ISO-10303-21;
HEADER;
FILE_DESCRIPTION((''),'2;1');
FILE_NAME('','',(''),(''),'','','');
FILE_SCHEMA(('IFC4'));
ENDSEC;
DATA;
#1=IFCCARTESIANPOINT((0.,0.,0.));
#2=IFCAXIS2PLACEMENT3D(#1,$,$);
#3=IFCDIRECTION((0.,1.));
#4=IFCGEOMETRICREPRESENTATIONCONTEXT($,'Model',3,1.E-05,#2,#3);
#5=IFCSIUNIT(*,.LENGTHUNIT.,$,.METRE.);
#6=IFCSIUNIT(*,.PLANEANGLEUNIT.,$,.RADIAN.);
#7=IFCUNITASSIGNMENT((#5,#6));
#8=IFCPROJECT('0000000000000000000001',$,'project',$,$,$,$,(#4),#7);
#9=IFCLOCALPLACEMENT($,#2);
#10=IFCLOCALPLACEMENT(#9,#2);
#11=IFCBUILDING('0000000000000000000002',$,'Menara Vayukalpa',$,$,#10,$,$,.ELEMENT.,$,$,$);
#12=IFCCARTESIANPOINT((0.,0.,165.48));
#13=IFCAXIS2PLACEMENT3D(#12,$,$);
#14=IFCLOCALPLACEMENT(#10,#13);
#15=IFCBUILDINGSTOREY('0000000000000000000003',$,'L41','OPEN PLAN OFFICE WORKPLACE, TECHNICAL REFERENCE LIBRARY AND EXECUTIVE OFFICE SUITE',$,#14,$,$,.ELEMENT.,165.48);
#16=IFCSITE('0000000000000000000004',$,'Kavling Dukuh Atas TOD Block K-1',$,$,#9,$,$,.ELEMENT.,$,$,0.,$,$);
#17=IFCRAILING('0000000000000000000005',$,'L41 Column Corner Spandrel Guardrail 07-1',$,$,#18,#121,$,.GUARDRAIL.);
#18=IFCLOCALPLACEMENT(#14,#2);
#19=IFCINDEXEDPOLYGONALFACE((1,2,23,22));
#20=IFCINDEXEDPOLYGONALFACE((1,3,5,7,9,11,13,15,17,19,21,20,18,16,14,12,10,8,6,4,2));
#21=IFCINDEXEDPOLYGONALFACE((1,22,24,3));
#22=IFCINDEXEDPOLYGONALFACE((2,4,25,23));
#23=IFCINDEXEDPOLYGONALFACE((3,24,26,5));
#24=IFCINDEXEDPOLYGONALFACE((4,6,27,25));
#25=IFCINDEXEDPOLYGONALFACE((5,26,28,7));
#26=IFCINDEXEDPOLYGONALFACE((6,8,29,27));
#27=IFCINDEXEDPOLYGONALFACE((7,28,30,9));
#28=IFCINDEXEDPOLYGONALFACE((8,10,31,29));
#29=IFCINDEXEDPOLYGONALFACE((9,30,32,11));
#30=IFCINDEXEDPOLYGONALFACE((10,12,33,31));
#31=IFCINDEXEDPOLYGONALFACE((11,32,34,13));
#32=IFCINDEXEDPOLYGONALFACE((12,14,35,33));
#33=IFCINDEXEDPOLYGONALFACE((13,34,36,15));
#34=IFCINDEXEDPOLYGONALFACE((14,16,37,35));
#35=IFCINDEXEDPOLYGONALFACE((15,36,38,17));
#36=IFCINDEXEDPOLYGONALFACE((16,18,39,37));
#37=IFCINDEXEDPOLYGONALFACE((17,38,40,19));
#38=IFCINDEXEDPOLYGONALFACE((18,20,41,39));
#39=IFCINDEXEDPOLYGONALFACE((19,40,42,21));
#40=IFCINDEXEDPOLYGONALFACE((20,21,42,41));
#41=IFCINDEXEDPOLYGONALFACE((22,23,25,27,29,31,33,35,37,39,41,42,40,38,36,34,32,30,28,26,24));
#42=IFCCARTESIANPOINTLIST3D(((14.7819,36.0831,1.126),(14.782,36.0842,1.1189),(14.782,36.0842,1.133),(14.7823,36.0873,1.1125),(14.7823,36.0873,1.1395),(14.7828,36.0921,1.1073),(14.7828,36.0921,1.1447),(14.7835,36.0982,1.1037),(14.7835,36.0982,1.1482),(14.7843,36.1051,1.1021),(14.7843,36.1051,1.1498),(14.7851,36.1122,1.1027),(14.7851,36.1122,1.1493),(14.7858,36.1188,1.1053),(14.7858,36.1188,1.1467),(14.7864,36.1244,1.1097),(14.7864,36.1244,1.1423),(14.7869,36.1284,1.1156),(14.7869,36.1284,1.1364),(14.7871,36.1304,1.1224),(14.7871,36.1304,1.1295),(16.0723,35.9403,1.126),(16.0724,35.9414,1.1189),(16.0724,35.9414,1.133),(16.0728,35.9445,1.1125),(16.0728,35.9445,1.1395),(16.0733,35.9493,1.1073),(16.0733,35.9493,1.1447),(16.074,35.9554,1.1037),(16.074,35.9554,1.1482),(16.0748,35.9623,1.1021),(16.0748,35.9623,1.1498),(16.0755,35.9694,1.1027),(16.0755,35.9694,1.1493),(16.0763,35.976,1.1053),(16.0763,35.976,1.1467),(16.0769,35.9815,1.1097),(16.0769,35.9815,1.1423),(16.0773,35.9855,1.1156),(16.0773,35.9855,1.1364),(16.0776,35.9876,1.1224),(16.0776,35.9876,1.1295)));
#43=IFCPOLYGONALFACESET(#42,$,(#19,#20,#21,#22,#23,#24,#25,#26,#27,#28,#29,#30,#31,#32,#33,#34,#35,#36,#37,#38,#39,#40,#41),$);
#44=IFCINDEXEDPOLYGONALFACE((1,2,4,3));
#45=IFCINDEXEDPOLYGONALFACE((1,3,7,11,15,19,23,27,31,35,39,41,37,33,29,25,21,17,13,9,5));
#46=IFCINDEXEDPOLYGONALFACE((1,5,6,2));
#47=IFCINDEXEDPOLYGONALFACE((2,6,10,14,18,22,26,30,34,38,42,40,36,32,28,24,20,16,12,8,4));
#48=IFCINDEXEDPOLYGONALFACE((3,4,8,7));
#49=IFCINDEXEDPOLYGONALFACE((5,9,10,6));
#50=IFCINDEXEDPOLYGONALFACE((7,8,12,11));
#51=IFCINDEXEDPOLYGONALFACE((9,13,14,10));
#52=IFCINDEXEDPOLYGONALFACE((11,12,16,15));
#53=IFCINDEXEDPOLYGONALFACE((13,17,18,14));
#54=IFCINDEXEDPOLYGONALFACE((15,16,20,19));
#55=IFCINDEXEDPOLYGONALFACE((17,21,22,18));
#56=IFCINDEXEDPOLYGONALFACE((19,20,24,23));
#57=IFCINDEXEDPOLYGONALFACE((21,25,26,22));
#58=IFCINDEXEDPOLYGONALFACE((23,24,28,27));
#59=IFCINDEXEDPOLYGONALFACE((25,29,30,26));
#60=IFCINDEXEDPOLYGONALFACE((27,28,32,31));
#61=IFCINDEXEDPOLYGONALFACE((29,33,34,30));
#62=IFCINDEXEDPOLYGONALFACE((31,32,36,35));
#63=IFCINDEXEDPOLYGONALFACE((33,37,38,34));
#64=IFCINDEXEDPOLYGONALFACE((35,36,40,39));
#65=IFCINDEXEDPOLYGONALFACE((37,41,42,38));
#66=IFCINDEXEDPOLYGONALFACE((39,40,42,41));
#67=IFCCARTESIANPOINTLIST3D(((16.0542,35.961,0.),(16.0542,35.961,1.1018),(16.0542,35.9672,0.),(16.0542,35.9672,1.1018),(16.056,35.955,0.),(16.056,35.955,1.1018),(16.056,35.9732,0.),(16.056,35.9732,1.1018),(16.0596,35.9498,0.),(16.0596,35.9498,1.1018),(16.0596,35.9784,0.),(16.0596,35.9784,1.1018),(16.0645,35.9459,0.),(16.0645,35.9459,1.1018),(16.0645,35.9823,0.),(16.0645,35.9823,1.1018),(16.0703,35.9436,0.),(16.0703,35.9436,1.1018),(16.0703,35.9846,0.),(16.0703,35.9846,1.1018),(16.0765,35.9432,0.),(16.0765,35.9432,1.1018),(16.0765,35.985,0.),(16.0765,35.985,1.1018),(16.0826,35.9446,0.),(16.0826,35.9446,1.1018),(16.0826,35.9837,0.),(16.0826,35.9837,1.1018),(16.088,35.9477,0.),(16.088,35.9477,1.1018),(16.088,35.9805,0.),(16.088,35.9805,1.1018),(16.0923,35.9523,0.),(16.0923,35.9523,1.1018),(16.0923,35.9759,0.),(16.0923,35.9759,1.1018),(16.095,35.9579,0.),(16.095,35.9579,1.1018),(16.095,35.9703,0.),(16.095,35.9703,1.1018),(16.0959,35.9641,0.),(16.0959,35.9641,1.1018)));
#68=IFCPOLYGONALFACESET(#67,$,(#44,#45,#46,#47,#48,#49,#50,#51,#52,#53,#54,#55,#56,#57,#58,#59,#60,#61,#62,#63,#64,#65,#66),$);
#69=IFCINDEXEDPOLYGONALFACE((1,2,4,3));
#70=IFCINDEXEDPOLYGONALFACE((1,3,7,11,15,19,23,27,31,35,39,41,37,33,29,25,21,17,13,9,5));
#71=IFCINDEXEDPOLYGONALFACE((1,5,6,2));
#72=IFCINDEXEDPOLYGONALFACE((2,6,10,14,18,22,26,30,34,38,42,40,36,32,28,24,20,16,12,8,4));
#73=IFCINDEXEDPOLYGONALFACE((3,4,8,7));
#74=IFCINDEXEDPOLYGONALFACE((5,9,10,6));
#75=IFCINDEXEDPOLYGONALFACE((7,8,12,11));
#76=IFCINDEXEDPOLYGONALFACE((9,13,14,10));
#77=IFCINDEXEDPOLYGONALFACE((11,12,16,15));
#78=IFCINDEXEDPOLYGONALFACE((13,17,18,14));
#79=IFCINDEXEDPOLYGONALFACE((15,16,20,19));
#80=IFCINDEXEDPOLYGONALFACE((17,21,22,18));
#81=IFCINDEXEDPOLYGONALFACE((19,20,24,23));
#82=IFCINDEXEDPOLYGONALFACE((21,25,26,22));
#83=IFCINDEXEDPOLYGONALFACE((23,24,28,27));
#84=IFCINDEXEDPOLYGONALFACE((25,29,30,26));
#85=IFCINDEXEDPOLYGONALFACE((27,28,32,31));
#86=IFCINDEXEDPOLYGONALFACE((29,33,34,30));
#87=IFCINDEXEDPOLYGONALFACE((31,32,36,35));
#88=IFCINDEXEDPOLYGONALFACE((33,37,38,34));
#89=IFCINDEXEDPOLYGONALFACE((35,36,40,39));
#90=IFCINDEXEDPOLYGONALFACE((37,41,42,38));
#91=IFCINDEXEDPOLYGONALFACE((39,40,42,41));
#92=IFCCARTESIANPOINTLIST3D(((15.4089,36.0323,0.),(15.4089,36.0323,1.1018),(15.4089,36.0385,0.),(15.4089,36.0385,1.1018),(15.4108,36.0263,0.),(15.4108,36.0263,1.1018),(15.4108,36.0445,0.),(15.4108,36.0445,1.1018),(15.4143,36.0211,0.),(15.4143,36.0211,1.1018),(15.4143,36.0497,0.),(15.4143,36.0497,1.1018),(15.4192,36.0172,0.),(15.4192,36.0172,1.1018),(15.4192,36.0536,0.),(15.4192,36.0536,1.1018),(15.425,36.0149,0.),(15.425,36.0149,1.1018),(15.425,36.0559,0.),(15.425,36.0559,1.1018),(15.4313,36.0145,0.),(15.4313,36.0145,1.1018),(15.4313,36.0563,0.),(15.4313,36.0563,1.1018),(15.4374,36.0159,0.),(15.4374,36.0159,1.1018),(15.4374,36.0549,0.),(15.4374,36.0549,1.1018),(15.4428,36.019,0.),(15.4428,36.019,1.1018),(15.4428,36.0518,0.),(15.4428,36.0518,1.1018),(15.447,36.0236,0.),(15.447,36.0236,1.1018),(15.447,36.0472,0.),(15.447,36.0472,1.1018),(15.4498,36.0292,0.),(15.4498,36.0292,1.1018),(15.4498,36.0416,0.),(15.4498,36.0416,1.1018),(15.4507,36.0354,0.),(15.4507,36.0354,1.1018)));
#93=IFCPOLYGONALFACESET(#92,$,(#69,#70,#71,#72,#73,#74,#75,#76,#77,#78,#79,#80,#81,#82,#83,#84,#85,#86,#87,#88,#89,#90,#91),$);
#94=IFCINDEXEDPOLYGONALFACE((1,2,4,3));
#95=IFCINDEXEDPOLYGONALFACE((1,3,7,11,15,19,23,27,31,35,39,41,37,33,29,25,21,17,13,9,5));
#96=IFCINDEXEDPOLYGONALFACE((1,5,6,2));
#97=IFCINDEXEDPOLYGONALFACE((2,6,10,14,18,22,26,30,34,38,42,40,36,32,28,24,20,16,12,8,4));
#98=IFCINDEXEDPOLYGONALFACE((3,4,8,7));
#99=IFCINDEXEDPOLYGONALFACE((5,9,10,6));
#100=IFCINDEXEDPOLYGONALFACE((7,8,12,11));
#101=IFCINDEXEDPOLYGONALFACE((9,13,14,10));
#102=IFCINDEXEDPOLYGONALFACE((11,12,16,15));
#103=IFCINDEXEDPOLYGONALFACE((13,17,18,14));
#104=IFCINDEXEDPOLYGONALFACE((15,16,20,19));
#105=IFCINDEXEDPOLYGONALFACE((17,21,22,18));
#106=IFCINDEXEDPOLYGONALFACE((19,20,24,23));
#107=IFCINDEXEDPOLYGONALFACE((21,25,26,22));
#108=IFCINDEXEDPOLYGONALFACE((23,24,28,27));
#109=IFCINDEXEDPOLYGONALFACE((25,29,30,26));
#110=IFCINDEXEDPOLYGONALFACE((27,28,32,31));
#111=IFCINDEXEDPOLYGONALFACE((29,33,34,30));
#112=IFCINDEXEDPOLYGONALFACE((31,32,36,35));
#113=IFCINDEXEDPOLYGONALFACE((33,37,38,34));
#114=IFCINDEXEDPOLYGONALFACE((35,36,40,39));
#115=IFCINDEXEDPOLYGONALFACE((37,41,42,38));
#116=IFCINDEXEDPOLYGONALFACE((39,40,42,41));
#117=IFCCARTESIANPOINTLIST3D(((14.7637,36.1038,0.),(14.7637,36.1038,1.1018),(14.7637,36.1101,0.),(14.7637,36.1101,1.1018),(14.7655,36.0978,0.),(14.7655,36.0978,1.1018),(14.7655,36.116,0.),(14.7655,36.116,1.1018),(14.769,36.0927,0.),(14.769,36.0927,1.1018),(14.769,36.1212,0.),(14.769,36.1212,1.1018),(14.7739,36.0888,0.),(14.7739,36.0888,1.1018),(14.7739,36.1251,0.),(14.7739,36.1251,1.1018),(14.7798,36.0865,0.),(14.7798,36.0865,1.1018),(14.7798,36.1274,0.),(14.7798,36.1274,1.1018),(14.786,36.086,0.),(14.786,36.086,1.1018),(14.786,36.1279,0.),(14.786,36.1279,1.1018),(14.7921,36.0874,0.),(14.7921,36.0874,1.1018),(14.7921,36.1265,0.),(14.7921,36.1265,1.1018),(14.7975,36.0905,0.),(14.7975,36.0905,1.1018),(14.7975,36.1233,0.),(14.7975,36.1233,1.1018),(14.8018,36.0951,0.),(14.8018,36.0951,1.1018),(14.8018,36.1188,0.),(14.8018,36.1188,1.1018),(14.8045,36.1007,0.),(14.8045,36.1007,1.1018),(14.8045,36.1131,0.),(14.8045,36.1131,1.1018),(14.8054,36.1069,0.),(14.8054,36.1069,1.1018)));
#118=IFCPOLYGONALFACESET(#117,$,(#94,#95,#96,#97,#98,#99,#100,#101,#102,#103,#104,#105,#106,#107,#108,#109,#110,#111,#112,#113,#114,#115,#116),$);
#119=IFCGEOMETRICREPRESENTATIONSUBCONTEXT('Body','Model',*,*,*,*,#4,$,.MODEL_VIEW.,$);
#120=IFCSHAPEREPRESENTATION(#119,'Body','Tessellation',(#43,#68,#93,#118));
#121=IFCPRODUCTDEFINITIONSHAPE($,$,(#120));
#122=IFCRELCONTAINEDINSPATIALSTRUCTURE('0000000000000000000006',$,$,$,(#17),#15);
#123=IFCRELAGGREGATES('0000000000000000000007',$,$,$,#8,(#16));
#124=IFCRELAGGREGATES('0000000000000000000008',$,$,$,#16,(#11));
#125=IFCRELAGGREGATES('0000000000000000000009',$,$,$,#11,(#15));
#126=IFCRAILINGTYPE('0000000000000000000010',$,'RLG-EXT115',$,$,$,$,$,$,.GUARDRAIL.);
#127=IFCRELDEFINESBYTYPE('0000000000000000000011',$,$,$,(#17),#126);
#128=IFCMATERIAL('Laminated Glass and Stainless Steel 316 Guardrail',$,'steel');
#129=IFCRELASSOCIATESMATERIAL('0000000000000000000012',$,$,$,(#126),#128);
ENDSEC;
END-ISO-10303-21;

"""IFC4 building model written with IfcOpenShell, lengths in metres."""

from ifc_helpers import new_model, si_unit, direction, frame, origin, origin_2d, place, context, subcontext, project, spatial, circle, extrude, material, type_object, element, save


model = new_model("IFC4")

# Units and contexts
model_context = context("Model", 3, precision=1e-05, world=origin(), true_north=direction((0.0, 1.0)))
body_context = subcontext(model_context, "Body", "Model", "MODEL_VIEW")
ifc_project = project(units=[si_unit("LENGTHUNIT", "METRE"), si_unit("PLANEANGLEUNIT", "RADIAN")], contexts=[model_context])

# Site, building, storey
site_placement = place(None, origin())
site = spatial("IfcSite", under=ifc_project, at=site_placement, Name="Kavling Dukuh Atas TOD Block K-1", CompositionType="ELEMENT", RefElevation=0.0)
building_placement = place(site_placement, origin())
building = spatial("IfcBuilding", under=site, at=building_placement, Name="Menara Vayukalpa", CompositionType="ELEMENT")
storey_placement = place(building_placement, frame((0.0, 0.0, 165.48)))
storey = spatial("IfcBuildingStorey", under=building, at=storey_placement, Name="L41", Description="OPEN PLAN OFFICE WORKPLACE, TECHNICAL REFERENCE LIBRARY AND EXECUTIVE OFFICE SUITE", CompositionType="ELEMENT", Elevation=165.48)

# Railing
ifc_material_1 = material(Name="Laminated Glass and Stainless Steel 316 Guardrail", Category="steel")
railing_type = type_object("IfcRailingType", Name="RLG-EXT115", PredefinedType="GUARDRAIL", material=ifc_material_1)
railing_1_placement = place(storey_placement, frame((16.075, 35.9641, 0.0)))
element("IfcRailing", 1, at=railing_1_placement, inside=storey, type_object=railing_type, Name="L41 Column Corner Spandrel Guardrail 07-1", PredefinedType="GUARDRAIL", context=body_context, shape_type="SweptSolid", body=[
    extrude(circle(Radius=0.0239, at=origin_2d()), frame((0.0, 0.0, 1.126), z_axis=(-0.993932, 0.109998, 0.0), x_axis=(-0.109998, -0.993932, 0.0)), (0.0, 0.0, 1.0), 1.2983),
    extrude(circle(Radius=0.021, at=origin_2d()), origin(), (0.0, 0.0, 1.0), 1.1018),
    extrude(circle(Radius=0.021, at=origin_2d()), frame((-0.6453, 0.0713, 0.0)), (0.0, 0.0, 1.0), 1.1018),
    extrude(circle(Radius=0.021, at=origin_2d()), frame((-1.2905, 0.1428, 0.0)), (0.0, 0.0, 1.0), 1.1018),
])

save(model, "model.ifc")
